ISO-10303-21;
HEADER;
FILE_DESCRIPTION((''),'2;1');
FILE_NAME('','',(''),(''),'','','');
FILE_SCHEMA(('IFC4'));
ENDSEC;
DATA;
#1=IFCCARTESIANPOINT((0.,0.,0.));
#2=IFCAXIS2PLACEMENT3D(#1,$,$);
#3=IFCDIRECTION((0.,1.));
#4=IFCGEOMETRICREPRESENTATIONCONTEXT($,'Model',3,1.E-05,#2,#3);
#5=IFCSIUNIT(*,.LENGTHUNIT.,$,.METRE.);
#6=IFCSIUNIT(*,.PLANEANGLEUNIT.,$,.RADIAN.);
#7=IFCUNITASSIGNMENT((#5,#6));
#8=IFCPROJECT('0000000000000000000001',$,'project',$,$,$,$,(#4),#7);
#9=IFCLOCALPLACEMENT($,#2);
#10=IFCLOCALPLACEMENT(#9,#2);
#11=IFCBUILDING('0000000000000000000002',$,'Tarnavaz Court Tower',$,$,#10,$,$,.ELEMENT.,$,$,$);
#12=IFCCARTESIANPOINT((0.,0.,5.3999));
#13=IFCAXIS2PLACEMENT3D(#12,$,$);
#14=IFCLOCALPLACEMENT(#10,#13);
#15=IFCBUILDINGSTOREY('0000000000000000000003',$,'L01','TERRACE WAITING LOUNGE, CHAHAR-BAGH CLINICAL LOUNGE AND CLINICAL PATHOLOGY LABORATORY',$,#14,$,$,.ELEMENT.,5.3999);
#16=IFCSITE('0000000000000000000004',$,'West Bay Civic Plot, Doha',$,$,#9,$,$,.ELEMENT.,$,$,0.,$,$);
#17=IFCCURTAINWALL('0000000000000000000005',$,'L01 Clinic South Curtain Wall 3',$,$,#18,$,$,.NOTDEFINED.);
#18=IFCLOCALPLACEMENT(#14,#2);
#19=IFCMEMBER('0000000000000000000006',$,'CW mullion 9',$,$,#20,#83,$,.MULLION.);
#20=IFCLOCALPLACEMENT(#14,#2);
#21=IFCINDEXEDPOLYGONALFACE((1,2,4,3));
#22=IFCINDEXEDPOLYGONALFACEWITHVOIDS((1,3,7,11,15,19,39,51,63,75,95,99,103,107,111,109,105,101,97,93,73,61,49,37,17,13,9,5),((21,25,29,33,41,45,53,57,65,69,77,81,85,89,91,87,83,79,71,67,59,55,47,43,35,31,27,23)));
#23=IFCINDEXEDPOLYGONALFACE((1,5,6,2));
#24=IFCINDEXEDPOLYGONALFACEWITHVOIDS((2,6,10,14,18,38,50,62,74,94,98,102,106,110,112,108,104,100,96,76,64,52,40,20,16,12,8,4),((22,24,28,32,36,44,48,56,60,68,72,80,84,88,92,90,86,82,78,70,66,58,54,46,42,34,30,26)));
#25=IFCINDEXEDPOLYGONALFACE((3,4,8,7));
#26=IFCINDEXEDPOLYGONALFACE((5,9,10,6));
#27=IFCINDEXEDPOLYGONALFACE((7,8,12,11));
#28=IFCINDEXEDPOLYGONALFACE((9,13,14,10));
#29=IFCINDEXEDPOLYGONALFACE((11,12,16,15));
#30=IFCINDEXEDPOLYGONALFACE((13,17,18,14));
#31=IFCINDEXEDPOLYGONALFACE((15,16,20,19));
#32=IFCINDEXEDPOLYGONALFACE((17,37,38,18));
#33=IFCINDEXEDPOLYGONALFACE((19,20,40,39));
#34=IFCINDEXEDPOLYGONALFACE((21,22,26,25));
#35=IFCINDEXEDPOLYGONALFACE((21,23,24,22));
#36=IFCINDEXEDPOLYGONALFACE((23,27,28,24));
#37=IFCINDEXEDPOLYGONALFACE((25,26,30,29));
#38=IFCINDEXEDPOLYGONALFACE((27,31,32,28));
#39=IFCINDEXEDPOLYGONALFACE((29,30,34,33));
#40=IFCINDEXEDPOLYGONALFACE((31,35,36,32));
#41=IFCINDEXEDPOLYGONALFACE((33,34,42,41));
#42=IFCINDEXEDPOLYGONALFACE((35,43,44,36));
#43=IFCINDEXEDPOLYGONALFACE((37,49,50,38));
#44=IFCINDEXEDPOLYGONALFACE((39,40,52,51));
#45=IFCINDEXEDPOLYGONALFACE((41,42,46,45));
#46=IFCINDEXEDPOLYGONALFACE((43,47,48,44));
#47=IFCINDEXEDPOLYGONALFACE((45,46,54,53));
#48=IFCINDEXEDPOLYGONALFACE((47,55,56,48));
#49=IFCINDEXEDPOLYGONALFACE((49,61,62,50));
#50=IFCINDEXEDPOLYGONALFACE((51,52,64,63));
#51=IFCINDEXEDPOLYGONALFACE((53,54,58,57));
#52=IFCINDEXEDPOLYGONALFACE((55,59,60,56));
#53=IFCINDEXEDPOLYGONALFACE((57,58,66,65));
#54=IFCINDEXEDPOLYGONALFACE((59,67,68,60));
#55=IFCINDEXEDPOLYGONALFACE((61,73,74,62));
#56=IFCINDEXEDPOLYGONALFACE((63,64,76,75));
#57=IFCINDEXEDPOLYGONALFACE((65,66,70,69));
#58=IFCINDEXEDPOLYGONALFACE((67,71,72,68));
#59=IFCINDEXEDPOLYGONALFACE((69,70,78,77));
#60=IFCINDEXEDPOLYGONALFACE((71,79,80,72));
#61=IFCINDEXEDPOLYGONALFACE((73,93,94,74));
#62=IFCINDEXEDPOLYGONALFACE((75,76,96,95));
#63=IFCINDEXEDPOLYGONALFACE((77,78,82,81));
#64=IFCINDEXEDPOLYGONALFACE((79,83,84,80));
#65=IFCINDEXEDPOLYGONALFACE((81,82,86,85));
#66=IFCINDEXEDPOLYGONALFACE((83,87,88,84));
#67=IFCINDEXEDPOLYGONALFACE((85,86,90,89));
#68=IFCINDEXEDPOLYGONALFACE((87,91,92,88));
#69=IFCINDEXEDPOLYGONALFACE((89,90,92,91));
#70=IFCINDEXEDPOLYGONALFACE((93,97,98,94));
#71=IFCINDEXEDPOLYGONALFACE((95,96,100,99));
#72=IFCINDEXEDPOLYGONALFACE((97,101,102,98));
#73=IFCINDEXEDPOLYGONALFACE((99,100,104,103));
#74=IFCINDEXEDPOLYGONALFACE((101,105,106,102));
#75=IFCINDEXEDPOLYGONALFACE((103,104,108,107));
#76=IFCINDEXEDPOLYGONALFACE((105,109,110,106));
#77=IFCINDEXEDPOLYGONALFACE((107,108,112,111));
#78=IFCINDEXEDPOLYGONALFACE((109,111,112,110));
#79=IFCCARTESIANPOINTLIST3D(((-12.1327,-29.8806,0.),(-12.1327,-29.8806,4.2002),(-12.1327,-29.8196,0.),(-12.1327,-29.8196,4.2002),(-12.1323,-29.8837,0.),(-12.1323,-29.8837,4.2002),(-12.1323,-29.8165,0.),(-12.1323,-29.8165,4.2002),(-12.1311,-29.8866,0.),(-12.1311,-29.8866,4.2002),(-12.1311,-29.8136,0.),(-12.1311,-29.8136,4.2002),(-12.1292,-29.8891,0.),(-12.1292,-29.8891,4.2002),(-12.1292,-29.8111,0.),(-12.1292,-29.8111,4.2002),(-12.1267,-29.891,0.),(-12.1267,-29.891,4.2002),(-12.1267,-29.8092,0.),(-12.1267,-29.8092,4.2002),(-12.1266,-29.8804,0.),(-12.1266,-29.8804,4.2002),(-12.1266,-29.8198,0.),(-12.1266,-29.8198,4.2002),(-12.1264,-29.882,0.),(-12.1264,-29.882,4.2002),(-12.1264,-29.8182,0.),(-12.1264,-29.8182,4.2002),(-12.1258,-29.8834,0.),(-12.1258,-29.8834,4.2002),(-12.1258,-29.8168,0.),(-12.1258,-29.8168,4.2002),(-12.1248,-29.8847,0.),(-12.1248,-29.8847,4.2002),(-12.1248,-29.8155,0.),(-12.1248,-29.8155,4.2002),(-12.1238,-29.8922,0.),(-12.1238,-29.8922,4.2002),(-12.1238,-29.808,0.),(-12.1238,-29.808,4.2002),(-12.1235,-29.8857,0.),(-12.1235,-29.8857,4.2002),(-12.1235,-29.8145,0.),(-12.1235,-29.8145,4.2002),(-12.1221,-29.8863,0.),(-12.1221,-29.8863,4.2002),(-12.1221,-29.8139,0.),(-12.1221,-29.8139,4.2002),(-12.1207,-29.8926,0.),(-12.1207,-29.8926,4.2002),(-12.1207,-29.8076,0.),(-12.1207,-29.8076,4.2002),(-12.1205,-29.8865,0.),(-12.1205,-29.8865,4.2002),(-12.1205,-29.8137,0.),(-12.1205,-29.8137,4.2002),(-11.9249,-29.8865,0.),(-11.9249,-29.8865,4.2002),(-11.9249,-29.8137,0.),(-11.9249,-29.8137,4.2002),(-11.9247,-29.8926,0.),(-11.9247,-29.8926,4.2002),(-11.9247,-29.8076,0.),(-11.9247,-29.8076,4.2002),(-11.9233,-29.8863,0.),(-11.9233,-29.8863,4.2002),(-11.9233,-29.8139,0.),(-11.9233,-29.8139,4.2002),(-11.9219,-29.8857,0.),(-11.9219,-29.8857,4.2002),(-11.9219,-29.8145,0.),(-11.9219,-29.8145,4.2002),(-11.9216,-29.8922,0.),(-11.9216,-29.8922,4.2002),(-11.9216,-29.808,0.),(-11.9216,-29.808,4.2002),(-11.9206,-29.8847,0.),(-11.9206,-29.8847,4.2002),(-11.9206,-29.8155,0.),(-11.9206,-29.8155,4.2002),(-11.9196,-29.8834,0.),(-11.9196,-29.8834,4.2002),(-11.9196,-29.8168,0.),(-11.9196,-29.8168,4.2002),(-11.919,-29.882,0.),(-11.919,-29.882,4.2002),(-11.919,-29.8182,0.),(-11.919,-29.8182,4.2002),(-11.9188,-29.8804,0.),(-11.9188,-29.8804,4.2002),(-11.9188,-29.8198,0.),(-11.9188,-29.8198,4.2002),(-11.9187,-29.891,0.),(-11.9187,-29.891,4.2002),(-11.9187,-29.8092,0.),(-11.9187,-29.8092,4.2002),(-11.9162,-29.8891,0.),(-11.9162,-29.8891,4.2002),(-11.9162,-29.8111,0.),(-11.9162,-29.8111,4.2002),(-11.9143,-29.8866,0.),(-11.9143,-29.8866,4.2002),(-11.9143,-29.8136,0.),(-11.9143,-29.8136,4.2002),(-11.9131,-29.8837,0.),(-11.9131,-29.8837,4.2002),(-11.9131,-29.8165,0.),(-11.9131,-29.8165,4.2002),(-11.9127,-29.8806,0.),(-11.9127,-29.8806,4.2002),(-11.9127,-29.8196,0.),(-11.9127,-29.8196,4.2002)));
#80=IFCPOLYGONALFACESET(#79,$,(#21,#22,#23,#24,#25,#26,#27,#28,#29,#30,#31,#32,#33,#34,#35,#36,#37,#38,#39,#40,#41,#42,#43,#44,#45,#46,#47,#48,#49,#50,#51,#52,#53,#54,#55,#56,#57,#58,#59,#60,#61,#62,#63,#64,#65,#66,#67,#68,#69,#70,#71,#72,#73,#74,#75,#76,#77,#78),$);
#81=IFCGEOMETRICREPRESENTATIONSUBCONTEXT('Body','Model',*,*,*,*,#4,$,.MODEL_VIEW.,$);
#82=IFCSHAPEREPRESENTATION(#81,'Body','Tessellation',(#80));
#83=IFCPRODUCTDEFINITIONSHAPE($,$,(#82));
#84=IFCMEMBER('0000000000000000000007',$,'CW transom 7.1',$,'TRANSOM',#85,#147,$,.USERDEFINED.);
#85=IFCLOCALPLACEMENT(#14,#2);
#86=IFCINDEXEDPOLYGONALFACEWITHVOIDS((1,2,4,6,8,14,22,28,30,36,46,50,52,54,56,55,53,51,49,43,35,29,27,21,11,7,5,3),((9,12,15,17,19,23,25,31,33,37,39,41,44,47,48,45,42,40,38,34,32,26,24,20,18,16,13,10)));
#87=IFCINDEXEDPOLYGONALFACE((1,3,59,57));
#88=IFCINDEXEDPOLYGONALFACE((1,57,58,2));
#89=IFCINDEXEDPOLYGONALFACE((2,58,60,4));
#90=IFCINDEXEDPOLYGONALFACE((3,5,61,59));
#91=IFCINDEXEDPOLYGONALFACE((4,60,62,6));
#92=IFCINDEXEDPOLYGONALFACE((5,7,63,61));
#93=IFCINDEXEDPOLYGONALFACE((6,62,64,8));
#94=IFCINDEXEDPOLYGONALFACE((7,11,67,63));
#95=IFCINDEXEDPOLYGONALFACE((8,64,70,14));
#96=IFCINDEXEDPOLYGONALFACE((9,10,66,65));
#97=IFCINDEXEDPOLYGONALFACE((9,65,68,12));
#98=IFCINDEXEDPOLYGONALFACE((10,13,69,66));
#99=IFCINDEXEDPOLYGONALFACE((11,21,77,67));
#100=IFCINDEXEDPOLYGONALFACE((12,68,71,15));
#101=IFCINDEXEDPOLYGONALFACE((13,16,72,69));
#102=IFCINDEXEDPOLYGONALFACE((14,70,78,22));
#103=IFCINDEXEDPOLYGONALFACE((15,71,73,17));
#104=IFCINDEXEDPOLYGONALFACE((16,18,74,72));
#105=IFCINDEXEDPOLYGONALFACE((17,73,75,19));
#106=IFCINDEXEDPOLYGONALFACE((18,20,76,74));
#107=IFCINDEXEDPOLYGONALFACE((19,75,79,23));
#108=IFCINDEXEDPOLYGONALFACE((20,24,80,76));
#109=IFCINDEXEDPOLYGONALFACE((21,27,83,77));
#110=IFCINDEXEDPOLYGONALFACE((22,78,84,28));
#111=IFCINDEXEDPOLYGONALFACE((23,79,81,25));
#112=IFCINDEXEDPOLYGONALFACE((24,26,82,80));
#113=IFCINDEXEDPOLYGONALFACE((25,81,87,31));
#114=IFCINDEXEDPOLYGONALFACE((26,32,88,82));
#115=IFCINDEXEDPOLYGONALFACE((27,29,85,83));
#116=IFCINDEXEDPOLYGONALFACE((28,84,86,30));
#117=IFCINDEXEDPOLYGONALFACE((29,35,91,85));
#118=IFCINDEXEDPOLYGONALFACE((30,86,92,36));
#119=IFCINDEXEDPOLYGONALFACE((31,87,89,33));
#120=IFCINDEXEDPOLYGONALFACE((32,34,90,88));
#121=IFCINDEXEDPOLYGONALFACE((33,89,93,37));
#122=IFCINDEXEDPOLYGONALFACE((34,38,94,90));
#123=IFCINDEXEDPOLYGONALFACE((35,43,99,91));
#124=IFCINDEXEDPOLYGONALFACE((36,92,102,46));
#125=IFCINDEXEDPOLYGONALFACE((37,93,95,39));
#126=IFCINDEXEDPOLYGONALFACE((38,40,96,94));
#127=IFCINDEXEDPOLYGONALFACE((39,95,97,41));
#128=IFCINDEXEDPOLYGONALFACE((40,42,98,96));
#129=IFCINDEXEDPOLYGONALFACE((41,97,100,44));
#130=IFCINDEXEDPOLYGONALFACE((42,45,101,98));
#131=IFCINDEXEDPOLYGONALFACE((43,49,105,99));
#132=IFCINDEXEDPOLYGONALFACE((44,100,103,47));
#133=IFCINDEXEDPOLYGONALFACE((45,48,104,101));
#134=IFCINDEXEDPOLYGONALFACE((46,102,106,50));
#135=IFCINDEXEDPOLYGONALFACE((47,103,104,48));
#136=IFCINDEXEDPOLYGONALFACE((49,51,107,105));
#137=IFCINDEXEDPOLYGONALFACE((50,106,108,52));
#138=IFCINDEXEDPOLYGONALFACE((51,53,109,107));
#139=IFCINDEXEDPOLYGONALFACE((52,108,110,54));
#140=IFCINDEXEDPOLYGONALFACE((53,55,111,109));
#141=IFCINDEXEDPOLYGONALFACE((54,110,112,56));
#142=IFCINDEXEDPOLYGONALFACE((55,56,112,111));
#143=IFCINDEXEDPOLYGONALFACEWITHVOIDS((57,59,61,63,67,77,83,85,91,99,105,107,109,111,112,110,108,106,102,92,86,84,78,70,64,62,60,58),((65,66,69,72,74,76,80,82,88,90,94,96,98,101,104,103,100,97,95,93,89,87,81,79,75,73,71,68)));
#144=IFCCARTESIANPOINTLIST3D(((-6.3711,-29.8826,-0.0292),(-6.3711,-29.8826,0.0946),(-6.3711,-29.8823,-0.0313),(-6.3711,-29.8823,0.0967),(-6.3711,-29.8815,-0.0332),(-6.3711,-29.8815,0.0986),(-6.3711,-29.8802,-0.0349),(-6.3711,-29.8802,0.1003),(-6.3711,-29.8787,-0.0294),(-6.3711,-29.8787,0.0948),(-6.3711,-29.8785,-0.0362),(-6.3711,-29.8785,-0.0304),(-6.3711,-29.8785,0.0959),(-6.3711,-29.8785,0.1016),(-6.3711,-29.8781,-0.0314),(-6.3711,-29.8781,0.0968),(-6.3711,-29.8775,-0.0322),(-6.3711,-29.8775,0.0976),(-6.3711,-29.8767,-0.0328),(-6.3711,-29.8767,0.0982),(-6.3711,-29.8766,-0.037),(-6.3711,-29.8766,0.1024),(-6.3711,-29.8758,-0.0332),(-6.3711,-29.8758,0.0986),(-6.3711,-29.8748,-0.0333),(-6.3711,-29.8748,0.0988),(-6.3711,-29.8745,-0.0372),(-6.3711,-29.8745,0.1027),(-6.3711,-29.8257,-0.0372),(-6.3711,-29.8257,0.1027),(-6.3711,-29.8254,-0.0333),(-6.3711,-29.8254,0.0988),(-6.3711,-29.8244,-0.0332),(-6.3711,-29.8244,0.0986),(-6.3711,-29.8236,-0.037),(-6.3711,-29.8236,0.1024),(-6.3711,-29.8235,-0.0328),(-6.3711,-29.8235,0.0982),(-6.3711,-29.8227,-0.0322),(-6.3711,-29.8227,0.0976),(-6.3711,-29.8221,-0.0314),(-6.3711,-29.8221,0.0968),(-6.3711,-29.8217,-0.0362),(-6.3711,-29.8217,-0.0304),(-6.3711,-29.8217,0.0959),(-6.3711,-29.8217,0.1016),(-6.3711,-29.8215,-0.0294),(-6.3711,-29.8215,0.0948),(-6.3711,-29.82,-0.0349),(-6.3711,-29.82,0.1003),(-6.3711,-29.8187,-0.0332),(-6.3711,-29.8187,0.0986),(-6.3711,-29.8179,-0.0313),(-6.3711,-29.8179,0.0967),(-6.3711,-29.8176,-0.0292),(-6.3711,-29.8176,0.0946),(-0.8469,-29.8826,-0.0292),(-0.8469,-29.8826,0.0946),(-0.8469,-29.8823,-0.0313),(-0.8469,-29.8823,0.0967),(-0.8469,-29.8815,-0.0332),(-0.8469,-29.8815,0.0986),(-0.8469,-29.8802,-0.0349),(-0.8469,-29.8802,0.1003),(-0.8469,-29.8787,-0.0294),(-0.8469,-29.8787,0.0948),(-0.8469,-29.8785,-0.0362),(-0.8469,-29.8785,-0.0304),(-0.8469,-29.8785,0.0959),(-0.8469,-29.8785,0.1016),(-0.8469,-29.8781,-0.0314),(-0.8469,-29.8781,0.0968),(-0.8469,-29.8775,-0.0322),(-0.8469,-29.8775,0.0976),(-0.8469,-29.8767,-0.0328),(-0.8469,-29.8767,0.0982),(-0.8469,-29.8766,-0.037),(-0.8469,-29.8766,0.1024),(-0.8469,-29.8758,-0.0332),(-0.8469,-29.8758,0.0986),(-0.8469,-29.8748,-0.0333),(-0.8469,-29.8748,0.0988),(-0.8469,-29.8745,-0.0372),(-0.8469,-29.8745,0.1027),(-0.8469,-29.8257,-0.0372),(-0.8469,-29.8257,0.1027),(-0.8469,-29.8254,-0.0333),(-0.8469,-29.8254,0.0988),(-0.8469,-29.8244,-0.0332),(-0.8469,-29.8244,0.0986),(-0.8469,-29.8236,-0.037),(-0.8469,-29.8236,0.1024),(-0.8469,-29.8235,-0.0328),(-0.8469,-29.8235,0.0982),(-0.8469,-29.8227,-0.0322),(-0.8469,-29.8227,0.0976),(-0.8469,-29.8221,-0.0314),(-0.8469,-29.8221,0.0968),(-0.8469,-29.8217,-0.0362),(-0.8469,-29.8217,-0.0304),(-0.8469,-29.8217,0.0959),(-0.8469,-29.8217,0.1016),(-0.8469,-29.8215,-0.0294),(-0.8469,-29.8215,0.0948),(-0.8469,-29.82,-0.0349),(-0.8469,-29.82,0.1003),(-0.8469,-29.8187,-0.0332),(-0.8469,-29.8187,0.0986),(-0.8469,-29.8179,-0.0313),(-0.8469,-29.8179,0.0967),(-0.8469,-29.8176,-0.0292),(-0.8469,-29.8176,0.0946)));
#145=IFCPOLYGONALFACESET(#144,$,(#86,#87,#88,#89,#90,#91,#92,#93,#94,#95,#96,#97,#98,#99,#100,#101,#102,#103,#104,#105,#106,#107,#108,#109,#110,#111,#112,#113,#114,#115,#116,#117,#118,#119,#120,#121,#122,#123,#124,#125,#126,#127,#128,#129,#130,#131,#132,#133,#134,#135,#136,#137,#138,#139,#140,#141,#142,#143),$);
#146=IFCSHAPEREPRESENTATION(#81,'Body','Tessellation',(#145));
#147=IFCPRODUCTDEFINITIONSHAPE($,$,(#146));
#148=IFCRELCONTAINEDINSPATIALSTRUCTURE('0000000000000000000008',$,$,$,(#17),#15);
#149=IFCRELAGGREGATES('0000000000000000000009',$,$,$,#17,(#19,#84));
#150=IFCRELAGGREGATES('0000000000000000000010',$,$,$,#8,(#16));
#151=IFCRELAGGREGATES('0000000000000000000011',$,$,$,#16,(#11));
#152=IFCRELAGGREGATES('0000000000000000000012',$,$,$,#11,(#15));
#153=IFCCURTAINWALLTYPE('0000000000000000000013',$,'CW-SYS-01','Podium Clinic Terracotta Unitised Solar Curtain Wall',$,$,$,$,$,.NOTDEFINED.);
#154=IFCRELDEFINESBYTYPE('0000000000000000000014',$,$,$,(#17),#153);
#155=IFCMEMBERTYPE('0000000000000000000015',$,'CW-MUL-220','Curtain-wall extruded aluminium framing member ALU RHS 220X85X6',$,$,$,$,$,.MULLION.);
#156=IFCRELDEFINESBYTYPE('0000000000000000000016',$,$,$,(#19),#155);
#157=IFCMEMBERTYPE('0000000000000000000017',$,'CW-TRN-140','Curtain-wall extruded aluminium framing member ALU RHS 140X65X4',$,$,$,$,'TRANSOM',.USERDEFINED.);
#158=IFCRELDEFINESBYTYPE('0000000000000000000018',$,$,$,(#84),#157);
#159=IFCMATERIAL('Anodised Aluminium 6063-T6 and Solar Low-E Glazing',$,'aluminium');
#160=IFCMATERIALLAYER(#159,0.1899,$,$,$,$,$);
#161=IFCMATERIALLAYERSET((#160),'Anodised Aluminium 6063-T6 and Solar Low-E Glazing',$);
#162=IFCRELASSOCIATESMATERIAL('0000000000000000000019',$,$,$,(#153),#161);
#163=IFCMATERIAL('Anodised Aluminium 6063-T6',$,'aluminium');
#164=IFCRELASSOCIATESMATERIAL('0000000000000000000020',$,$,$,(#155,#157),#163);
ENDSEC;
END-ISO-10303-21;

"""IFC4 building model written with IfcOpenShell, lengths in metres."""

from ifc_helpers import new_model, si_unit, direction, frame, origin, origin_2d, place, context, subcontext, project, spatial, hollow_rectangle, extrude, material, layer, layer_set, material_profile, profile_set, type_object, element, aggregate, save


model = new_model("IFC4")

# Units and contexts
model_context = context("Model", 3, precision=1e-05, world=origin(), true_north=direction((0.0, 1.0)))
body_context = subcontext(model_context, "Body", "Model", "MODEL_VIEW")
ifc_project = project(units=[si_unit("LENGTHUNIT", "METRE"), si_unit("PLANEANGLEUNIT", "RADIAN")], contexts=[model_context])

# Site, building, storey
site_placement = place(None, origin())
site = spatial("IfcSite", under=ifc_project, at=site_placement, Name="West Bay Civic Plot, Doha", CompositionType="ELEMENT", RefElevation=0.0)
building_placement = place(site_placement, origin())
building = spatial("IfcBuilding", under=site, at=building_placement, Name="Tarnavaz Court Tower", CompositionType="ELEMENT")
storey_placement = place(building_placement, frame((0.0, 0.0, 5.3999)))
storey = spatial("IfcBuildingStorey", under=building, at=storey_placement, Name="L01", Description="TERRACE WAITING LOUNGE, CHAHAR-BAGH CLINICAL LOUNGE AND CLINICAL PATHOLOGY LABORATORY", CompositionType="ELEMENT", Elevation=5.3999)

# Curtain wall, members
ifc_material_1 = material(Name="Anodised Aluminium 6063-T6 and Solar Low-E Glazing", Category="aluminium")
ifc_layer_1 = layer(ifc_material_1, 0.1899)
ifc_layer_set_1 = layer_set([ifc_layer_1], Name="Anodised Aluminium 6063-T6 and Solar Low-E Glazing")
curtain_wall_type = type_object("IfcCurtainWallType", Name="CW-SYS-01", Description="Podium Clinic Terracotta Unitised Solar Curtain Wall", PredefinedType="NOTDEFINED", material=ifc_layer_set_1)
curtain_wall_placement = place(storey_placement, origin())
curtain_wall = element("IfcCurtainWall", 1, at=curtain_wall_placement, inside=storey, type_object=curtain_wall_type, Name="L01 Clinic South Curtain Wall 3", PredefinedType="NOTDEFINED")
ifc_material_2 = material(Name="Anodised Aluminium 6063-T6", Category="aluminium")
ifc_material_profile_1 = material_profile(ifc_material_2, hollow_rectangle(XDim=0.085, YDim=0.22, WallThickness=0.0061, InnerFilletRadius=0.0061, OuterFilletRadius=0.012, at=origin_2d()), Name="ALU RHS 220X85X6")
ifc_profile_set_1 = profile_set([ifc_material_profile_1], Name="Anodised Aluminium 6063-T6")
member_type_1 = type_object("IfcMemberType", Name="CW-MUL-220", Description="Curtain-wall extruded aluminium framing member ALU RHS 220X85X6", PredefinedType="MULLION", material=ifc_profile_set_1)
member_1_placement = place(storey_placement, frame((-12.0227, -29.8501, 0.0), z_axis=(0.0, 0.0, 1.0), x_axis=(0.0, -1.0, 0.0)))
member_1 = element("IfcMember", 2, at=member_1_placement, type_object=member_type_1, Name="CW mullion 9", PredefinedType="MULLION", context=body_context, shape_type="SweptSolid", body=[
    extrude(hollow_rectangle(XDim=0.085, YDim=0.22, WallThickness=0.0061, InnerFilletRadius=0.0061, OuterFilletRadius=0.012, at=origin_2d()), origin(), (0.0, 0.0, 1.0), 4.2002),
])
ifc_material_profile_2 = material_profile(ifc_material_2, hollow_rectangle(XDim=0.0649, YDim=0.1399, WallThickness=0.0039, InnerFilletRadius=0.0039, OuterFilletRadius=0.0081, at=origin_2d()), Name="ALU RHS 140X65X4")
ifc_profile_set_2 = profile_set([ifc_material_profile_2], Name="Anodised Aluminium 6063-T6")
member_type_2 = type_object("IfcMemberType", Name="CW-TRN-140", Description="Curtain-wall extruded aluminium framing member ALU RHS 140X65X4", ElementType="TRANSOM", PredefinedType="USERDEFINED", material=ifc_profile_set_2)
member_2_placement = place(storey_placement, frame((-0.8469, -29.8501, 0.0327), z_axis=(-1.0, 0.0, 0.0), x_axis=(0.0, -1.0, 0.0)))
member_2 = element("IfcMember", 3, at=member_2_placement, type_object=member_type_2, Name="CW transom 7.1", ObjectType="TRANSOM", PredefinedType="USERDEFINED", context=body_context, shape_type="SweptSolid", body=[
    extrude(hollow_rectangle(XDim=0.0649, YDim=0.1399, WallThickness=0.0039, InnerFilletRadius=0.0039, OuterFilletRadius=0.0081, at=origin_2d()), origin(), (0.0, 0.0, 1.0), 5.5242),
])
aggregate(curtain_wall, [member_1, member_2])

save(model, "model.ifc")
